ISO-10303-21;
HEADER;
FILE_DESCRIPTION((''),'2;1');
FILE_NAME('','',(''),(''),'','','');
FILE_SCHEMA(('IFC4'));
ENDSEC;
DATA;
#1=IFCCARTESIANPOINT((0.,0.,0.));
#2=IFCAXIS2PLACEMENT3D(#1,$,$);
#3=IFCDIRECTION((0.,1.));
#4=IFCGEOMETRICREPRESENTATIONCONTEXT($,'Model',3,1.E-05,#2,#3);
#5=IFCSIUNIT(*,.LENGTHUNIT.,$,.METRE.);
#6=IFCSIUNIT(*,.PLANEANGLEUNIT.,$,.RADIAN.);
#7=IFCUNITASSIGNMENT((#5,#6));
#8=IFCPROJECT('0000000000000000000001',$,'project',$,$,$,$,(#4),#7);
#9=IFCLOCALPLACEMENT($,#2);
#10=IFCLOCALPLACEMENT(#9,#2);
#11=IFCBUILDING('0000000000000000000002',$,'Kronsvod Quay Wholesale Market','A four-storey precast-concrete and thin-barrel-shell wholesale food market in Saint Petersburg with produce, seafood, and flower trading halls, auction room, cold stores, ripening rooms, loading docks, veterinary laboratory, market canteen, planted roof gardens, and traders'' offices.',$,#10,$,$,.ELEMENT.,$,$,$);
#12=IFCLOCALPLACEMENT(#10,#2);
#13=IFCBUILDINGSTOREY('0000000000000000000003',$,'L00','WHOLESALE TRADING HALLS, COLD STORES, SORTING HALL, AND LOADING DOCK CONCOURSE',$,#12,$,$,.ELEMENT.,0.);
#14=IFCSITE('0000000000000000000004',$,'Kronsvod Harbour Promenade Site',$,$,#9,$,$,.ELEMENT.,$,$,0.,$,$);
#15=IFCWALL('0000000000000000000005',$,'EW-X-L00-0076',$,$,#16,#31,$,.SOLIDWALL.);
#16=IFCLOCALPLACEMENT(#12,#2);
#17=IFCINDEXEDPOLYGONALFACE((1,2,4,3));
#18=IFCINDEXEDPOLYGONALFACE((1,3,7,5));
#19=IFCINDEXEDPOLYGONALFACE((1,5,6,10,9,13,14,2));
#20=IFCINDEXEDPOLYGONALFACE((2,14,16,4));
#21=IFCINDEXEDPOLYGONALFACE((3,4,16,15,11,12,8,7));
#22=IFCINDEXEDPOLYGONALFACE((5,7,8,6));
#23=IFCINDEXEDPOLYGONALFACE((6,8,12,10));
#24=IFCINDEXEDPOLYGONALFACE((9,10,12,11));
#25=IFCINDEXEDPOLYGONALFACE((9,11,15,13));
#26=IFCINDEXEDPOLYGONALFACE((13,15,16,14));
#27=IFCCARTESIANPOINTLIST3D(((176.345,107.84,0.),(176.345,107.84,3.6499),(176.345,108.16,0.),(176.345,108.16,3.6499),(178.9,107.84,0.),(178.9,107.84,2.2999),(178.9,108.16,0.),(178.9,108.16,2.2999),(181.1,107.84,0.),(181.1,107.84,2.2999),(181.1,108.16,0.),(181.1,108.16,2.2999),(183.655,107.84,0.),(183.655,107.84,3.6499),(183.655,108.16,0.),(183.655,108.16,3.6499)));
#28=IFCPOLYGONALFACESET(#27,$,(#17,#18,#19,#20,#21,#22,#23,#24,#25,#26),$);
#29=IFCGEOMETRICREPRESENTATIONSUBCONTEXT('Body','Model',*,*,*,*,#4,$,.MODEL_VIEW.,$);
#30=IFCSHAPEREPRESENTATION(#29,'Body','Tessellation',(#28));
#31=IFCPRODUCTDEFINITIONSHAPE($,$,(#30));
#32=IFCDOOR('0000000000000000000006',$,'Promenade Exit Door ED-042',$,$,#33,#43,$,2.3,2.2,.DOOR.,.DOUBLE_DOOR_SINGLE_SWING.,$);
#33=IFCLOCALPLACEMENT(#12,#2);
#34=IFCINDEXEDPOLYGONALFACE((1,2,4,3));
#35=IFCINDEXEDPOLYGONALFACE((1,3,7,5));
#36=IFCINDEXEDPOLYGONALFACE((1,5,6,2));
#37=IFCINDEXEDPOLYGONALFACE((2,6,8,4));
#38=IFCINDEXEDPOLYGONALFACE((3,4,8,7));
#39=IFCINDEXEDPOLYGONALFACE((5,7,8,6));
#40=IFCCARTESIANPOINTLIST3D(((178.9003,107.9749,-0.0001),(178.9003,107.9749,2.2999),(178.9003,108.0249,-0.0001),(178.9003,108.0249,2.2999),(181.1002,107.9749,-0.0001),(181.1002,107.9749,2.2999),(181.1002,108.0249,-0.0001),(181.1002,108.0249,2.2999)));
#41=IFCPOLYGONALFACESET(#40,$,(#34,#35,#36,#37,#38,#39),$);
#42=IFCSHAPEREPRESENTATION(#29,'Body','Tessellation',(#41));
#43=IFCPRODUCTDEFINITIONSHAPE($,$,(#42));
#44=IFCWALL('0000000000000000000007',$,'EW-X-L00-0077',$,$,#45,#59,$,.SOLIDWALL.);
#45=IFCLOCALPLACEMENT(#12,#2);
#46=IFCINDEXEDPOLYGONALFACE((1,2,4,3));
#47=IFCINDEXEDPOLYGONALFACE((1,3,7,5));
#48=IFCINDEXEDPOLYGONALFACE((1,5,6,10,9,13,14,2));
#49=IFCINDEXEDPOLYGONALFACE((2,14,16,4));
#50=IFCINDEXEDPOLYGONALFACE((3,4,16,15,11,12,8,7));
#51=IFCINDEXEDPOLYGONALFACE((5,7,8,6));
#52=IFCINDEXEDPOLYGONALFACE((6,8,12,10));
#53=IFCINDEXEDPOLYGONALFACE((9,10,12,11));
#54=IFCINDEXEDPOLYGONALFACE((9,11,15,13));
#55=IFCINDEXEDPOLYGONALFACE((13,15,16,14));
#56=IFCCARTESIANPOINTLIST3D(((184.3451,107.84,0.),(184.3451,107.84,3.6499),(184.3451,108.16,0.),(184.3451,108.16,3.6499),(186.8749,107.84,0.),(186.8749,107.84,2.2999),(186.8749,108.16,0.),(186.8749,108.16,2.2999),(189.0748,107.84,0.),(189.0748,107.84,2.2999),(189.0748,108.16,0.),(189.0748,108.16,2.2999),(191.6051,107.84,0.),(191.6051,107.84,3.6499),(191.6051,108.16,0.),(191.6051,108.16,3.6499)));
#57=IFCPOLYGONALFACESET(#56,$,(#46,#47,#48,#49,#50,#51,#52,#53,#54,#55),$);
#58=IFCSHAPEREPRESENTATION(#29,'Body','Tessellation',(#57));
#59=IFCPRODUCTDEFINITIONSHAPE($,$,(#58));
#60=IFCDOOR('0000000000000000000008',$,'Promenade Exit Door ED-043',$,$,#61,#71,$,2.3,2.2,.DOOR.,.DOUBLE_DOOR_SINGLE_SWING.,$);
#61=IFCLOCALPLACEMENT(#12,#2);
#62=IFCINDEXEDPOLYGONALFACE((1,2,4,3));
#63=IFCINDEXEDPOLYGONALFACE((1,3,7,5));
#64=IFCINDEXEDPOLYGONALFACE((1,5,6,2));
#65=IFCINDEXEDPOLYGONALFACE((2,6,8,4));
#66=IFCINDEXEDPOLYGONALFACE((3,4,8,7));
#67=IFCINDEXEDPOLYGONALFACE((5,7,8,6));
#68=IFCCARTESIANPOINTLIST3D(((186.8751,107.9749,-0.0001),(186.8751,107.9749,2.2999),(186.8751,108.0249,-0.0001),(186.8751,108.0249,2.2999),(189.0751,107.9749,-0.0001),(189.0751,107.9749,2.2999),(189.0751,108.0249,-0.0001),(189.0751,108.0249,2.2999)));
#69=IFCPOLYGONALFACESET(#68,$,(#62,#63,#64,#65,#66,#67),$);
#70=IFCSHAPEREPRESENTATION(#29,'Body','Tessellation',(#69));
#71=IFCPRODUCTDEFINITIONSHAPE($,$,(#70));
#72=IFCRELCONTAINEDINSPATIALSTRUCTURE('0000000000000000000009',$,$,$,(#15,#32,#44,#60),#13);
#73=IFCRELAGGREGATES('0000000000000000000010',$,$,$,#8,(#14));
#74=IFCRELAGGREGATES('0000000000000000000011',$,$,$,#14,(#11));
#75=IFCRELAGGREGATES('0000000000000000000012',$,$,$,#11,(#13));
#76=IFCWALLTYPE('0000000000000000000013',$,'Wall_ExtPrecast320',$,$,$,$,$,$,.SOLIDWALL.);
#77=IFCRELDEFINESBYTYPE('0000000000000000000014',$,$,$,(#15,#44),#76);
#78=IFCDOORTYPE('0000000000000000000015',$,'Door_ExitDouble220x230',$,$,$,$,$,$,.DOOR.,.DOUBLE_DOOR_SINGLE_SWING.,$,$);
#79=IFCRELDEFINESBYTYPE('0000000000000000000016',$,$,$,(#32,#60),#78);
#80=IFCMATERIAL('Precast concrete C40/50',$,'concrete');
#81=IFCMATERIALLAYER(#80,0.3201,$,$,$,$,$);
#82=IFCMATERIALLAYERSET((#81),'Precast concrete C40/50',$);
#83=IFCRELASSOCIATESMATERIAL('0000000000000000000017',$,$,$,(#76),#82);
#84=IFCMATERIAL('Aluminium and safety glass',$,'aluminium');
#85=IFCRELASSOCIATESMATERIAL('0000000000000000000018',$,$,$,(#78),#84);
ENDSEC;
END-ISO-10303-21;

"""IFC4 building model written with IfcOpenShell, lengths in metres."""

from ifc_helpers import new_model, si_unit, direction, frame, frame_2d, origin, place, context, subcontext, project, spatial, rectangle, extrude, material, layer, layer_set, type_object, element, fill, save


model = new_model("IFC4")

# Units and contexts
model_context = context("Model", 3, precision=1e-05, world=origin(), true_north=direction((0.0, 1.0)))
body_context = subcontext(model_context, "Body", "Model", "MODEL_VIEW")
ifc_project = project(units=[si_unit("LENGTHUNIT", "METRE"), si_unit("PLANEANGLEUNIT", "RADIAN")], contexts=[model_context])

# Site, building, storey
site_placement = place(None, origin())
site = spatial("IfcSite", under=ifc_project, at=site_placement, Name="Kronsvod Harbour Promenade Site", CompositionType="ELEMENT", RefElevation=0.0)
building_placement = place(site_placement, origin())
building = spatial("IfcBuilding", under=site, at=building_placement, Name="Kronsvod Quay Wholesale Market", Description="A four-storey precast-concrete and thin-barrel-shell wholesale food market in Saint Petersburg with produce, seafood, and flower trading halls, auction room, cold stores, ripening rooms, loading docks, veterinary laboratory, market canteen, planted roof gardens, and traders' offices.", CompositionType="ELEMENT")
storey_placement = place(building_placement, origin())
storey = spatial("IfcBuildingStorey", under=building, at=storey_placement, Name="L00", Description="WHOLESALE TRADING HALLS, COLD STORES, SORTING HALL, AND LOADING DOCK CONCOURSE", CompositionType="ELEMENT", Elevation=0.0)

# Walls, openings, doors
ifc_material_1 = material(Name="Precast concrete C40/50", Category="concrete")
ifc_layer = layer(ifc_material_1, 0.3201)
ifc_layer_set = layer_set([ifc_layer], Name="Precast concrete C40/50")
wall_type = type_object("IfcWallType", Name="Wall_ExtPrecast320", PredefinedType="SOLIDWALL", material=ifc_layer_set)
wall_1_placement = place(storey_placement, frame((183.655, 108.0, 0.0), z_axis=(0.0, 0.0, 1.0), x_axis=(-1.0, 0.0, 0.0)))
wall_1 = element("IfcWall", 1, at=wall_1_placement, inside=storey, type_object=wall_type, Name="EW-X-L00-0076", PredefinedType="SOLIDWALL", context=body_context, shape_type="SweptSolid", body=[
    extrude(rectangle(XDim=7.3101, YDim=0.3201, at=frame_2d((3.655, 0.0))), origin(), (0.0, 0.0, 1.0), 3.6499),
])
opening_1_placement = place(wall_1_placement, frame((2.5549, 0.0, 0.0)))
opening_1 = element("IfcOpeningElement", 2, at=opening_1_placement, cuts=wall_1, PredefinedType="OPENING", context=body_context, shape_type="SweptSolid", body=[
    extrude(rectangle(XDim=2.2, YDim=2.3, at=frame_2d((1.1001, 1.1499))), frame((0.0, 0.1699, 0.0), z_axis=(0.0, -1.0, 0.0), x_axis=(1.0, 0.0, 0.0)), (0.0, 0.0, 1.0), 0.3401),
])
ifc_material_2 = material(Name="Aluminium and safety glass", Category="aluminium")
door_type = type_object("IfcDoorType", Name="Door_ExitDouble220x230", OperationType="DOUBLE_DOOR_SINGLE_SWING", PredefinedType="DOOR", material=ifc_material_2)
door_1_placement = place(opening_1_placement, frame((2.2, 0.0, 0.0), z_axis=(0.0, 0.0, 1.0), x_axis=(-1.0, 0.0, 0.0)))
door_1 = element("IfcDoor", 3, at=door_1_placement, inside=storey, type_object=door_type, Name="Promenade Exit Door ED-042", OperationType="DOUBLE_DOOR_SINGLE_SWING", OverallHeight=2.3, OverallWidth=2.2, PredefinedType="DOOR", context=body_context, shape_type="SweptSolid", body=[
    extrude(rectangle(XDim=2.2, YDim=2.3, at=frame_2d((1.1001, 1.1499))), frame((0.0, 0.0249, 0.0), z_axis=(0.0, -1.0, 0.0), x_axis=(1.0, 0.0, 0.0)), (0.0, 0.0, 1.0), 0.05),
])
fill(opening_1, door_1)
wall_2_placement = place(storey_placement, frame((191.605, 108.0, 0.0), z_axis=(0.0, 0.0, 1.0), x_axis=(-1.0, 0.0, 0.0)))
wall_2 = element("IfcWall", 4, at=wall_2_placement, inside=storey, type_object=wall_type, Name="EW-X-L00-0077", PredefinedType="SOLIDWALL", context=body_context, shape_type="SweptSolid", body=[
    extrude(rectangle(XDim=7.26, YDim=0.3201, at=frame_2d((3.6299, 0.0))), origin(), (0.0, 0.0, 1.0), 3.6499),
])
opening_2_placement = place(wall_2_placement, frame((2.53, 0.0, 0.0)))
opening_2 = element("IfcOpeningElement", 5, at=opening_2_placement, cuts=wall_2, PredefinedType="OPENING", context=body_context, shape_type="SweptSolid", body=[
    extrude(rectangle(XDim=2.2, YDim=2.3, at=frame_2d((1.1001, 1.1499))), frame((0.0, 0.1699, 0.0), z_axis=(0.0, -1.0, 0.0), x_axis=(1.0, 0.0, 0.0)), (0.0, 0.0, 1.0), 0.3401),
])
door_2_placement = place(opening_2_placement, frame((2.2, 0.0, 0.0), z_axis=(0.0, 0.0, 1.0), x_axis=(-1.0, 0.0, 0.0)))
door_2 = element("IfcDoor", 6, at=door_2_placement, inside=storey, type_object=door_type, Name="Promenade Exit Door ED-043", OperationType="DOUBLE_DOOR_SINGLE_SWING", OverallHeight=2.3, OverallWidth=2.2, PredefinedType="DOOR", context=body_context, shape_type="SweptSolid", body=[
    extrude(rectangle(XDim=2.2, YDim=2.3, at=frame_2d((1.1001, 1.1499))), frame((0.0, 0.0249, 0.0), z_axis=(0.0, -1.0, 0.0), x_axis=(1.0, 0.0, 0.0)), (0.0, 0.0, 1.0), 0.05),
])
fill(opening_2, door_2)

save(model, "model.ifc")
